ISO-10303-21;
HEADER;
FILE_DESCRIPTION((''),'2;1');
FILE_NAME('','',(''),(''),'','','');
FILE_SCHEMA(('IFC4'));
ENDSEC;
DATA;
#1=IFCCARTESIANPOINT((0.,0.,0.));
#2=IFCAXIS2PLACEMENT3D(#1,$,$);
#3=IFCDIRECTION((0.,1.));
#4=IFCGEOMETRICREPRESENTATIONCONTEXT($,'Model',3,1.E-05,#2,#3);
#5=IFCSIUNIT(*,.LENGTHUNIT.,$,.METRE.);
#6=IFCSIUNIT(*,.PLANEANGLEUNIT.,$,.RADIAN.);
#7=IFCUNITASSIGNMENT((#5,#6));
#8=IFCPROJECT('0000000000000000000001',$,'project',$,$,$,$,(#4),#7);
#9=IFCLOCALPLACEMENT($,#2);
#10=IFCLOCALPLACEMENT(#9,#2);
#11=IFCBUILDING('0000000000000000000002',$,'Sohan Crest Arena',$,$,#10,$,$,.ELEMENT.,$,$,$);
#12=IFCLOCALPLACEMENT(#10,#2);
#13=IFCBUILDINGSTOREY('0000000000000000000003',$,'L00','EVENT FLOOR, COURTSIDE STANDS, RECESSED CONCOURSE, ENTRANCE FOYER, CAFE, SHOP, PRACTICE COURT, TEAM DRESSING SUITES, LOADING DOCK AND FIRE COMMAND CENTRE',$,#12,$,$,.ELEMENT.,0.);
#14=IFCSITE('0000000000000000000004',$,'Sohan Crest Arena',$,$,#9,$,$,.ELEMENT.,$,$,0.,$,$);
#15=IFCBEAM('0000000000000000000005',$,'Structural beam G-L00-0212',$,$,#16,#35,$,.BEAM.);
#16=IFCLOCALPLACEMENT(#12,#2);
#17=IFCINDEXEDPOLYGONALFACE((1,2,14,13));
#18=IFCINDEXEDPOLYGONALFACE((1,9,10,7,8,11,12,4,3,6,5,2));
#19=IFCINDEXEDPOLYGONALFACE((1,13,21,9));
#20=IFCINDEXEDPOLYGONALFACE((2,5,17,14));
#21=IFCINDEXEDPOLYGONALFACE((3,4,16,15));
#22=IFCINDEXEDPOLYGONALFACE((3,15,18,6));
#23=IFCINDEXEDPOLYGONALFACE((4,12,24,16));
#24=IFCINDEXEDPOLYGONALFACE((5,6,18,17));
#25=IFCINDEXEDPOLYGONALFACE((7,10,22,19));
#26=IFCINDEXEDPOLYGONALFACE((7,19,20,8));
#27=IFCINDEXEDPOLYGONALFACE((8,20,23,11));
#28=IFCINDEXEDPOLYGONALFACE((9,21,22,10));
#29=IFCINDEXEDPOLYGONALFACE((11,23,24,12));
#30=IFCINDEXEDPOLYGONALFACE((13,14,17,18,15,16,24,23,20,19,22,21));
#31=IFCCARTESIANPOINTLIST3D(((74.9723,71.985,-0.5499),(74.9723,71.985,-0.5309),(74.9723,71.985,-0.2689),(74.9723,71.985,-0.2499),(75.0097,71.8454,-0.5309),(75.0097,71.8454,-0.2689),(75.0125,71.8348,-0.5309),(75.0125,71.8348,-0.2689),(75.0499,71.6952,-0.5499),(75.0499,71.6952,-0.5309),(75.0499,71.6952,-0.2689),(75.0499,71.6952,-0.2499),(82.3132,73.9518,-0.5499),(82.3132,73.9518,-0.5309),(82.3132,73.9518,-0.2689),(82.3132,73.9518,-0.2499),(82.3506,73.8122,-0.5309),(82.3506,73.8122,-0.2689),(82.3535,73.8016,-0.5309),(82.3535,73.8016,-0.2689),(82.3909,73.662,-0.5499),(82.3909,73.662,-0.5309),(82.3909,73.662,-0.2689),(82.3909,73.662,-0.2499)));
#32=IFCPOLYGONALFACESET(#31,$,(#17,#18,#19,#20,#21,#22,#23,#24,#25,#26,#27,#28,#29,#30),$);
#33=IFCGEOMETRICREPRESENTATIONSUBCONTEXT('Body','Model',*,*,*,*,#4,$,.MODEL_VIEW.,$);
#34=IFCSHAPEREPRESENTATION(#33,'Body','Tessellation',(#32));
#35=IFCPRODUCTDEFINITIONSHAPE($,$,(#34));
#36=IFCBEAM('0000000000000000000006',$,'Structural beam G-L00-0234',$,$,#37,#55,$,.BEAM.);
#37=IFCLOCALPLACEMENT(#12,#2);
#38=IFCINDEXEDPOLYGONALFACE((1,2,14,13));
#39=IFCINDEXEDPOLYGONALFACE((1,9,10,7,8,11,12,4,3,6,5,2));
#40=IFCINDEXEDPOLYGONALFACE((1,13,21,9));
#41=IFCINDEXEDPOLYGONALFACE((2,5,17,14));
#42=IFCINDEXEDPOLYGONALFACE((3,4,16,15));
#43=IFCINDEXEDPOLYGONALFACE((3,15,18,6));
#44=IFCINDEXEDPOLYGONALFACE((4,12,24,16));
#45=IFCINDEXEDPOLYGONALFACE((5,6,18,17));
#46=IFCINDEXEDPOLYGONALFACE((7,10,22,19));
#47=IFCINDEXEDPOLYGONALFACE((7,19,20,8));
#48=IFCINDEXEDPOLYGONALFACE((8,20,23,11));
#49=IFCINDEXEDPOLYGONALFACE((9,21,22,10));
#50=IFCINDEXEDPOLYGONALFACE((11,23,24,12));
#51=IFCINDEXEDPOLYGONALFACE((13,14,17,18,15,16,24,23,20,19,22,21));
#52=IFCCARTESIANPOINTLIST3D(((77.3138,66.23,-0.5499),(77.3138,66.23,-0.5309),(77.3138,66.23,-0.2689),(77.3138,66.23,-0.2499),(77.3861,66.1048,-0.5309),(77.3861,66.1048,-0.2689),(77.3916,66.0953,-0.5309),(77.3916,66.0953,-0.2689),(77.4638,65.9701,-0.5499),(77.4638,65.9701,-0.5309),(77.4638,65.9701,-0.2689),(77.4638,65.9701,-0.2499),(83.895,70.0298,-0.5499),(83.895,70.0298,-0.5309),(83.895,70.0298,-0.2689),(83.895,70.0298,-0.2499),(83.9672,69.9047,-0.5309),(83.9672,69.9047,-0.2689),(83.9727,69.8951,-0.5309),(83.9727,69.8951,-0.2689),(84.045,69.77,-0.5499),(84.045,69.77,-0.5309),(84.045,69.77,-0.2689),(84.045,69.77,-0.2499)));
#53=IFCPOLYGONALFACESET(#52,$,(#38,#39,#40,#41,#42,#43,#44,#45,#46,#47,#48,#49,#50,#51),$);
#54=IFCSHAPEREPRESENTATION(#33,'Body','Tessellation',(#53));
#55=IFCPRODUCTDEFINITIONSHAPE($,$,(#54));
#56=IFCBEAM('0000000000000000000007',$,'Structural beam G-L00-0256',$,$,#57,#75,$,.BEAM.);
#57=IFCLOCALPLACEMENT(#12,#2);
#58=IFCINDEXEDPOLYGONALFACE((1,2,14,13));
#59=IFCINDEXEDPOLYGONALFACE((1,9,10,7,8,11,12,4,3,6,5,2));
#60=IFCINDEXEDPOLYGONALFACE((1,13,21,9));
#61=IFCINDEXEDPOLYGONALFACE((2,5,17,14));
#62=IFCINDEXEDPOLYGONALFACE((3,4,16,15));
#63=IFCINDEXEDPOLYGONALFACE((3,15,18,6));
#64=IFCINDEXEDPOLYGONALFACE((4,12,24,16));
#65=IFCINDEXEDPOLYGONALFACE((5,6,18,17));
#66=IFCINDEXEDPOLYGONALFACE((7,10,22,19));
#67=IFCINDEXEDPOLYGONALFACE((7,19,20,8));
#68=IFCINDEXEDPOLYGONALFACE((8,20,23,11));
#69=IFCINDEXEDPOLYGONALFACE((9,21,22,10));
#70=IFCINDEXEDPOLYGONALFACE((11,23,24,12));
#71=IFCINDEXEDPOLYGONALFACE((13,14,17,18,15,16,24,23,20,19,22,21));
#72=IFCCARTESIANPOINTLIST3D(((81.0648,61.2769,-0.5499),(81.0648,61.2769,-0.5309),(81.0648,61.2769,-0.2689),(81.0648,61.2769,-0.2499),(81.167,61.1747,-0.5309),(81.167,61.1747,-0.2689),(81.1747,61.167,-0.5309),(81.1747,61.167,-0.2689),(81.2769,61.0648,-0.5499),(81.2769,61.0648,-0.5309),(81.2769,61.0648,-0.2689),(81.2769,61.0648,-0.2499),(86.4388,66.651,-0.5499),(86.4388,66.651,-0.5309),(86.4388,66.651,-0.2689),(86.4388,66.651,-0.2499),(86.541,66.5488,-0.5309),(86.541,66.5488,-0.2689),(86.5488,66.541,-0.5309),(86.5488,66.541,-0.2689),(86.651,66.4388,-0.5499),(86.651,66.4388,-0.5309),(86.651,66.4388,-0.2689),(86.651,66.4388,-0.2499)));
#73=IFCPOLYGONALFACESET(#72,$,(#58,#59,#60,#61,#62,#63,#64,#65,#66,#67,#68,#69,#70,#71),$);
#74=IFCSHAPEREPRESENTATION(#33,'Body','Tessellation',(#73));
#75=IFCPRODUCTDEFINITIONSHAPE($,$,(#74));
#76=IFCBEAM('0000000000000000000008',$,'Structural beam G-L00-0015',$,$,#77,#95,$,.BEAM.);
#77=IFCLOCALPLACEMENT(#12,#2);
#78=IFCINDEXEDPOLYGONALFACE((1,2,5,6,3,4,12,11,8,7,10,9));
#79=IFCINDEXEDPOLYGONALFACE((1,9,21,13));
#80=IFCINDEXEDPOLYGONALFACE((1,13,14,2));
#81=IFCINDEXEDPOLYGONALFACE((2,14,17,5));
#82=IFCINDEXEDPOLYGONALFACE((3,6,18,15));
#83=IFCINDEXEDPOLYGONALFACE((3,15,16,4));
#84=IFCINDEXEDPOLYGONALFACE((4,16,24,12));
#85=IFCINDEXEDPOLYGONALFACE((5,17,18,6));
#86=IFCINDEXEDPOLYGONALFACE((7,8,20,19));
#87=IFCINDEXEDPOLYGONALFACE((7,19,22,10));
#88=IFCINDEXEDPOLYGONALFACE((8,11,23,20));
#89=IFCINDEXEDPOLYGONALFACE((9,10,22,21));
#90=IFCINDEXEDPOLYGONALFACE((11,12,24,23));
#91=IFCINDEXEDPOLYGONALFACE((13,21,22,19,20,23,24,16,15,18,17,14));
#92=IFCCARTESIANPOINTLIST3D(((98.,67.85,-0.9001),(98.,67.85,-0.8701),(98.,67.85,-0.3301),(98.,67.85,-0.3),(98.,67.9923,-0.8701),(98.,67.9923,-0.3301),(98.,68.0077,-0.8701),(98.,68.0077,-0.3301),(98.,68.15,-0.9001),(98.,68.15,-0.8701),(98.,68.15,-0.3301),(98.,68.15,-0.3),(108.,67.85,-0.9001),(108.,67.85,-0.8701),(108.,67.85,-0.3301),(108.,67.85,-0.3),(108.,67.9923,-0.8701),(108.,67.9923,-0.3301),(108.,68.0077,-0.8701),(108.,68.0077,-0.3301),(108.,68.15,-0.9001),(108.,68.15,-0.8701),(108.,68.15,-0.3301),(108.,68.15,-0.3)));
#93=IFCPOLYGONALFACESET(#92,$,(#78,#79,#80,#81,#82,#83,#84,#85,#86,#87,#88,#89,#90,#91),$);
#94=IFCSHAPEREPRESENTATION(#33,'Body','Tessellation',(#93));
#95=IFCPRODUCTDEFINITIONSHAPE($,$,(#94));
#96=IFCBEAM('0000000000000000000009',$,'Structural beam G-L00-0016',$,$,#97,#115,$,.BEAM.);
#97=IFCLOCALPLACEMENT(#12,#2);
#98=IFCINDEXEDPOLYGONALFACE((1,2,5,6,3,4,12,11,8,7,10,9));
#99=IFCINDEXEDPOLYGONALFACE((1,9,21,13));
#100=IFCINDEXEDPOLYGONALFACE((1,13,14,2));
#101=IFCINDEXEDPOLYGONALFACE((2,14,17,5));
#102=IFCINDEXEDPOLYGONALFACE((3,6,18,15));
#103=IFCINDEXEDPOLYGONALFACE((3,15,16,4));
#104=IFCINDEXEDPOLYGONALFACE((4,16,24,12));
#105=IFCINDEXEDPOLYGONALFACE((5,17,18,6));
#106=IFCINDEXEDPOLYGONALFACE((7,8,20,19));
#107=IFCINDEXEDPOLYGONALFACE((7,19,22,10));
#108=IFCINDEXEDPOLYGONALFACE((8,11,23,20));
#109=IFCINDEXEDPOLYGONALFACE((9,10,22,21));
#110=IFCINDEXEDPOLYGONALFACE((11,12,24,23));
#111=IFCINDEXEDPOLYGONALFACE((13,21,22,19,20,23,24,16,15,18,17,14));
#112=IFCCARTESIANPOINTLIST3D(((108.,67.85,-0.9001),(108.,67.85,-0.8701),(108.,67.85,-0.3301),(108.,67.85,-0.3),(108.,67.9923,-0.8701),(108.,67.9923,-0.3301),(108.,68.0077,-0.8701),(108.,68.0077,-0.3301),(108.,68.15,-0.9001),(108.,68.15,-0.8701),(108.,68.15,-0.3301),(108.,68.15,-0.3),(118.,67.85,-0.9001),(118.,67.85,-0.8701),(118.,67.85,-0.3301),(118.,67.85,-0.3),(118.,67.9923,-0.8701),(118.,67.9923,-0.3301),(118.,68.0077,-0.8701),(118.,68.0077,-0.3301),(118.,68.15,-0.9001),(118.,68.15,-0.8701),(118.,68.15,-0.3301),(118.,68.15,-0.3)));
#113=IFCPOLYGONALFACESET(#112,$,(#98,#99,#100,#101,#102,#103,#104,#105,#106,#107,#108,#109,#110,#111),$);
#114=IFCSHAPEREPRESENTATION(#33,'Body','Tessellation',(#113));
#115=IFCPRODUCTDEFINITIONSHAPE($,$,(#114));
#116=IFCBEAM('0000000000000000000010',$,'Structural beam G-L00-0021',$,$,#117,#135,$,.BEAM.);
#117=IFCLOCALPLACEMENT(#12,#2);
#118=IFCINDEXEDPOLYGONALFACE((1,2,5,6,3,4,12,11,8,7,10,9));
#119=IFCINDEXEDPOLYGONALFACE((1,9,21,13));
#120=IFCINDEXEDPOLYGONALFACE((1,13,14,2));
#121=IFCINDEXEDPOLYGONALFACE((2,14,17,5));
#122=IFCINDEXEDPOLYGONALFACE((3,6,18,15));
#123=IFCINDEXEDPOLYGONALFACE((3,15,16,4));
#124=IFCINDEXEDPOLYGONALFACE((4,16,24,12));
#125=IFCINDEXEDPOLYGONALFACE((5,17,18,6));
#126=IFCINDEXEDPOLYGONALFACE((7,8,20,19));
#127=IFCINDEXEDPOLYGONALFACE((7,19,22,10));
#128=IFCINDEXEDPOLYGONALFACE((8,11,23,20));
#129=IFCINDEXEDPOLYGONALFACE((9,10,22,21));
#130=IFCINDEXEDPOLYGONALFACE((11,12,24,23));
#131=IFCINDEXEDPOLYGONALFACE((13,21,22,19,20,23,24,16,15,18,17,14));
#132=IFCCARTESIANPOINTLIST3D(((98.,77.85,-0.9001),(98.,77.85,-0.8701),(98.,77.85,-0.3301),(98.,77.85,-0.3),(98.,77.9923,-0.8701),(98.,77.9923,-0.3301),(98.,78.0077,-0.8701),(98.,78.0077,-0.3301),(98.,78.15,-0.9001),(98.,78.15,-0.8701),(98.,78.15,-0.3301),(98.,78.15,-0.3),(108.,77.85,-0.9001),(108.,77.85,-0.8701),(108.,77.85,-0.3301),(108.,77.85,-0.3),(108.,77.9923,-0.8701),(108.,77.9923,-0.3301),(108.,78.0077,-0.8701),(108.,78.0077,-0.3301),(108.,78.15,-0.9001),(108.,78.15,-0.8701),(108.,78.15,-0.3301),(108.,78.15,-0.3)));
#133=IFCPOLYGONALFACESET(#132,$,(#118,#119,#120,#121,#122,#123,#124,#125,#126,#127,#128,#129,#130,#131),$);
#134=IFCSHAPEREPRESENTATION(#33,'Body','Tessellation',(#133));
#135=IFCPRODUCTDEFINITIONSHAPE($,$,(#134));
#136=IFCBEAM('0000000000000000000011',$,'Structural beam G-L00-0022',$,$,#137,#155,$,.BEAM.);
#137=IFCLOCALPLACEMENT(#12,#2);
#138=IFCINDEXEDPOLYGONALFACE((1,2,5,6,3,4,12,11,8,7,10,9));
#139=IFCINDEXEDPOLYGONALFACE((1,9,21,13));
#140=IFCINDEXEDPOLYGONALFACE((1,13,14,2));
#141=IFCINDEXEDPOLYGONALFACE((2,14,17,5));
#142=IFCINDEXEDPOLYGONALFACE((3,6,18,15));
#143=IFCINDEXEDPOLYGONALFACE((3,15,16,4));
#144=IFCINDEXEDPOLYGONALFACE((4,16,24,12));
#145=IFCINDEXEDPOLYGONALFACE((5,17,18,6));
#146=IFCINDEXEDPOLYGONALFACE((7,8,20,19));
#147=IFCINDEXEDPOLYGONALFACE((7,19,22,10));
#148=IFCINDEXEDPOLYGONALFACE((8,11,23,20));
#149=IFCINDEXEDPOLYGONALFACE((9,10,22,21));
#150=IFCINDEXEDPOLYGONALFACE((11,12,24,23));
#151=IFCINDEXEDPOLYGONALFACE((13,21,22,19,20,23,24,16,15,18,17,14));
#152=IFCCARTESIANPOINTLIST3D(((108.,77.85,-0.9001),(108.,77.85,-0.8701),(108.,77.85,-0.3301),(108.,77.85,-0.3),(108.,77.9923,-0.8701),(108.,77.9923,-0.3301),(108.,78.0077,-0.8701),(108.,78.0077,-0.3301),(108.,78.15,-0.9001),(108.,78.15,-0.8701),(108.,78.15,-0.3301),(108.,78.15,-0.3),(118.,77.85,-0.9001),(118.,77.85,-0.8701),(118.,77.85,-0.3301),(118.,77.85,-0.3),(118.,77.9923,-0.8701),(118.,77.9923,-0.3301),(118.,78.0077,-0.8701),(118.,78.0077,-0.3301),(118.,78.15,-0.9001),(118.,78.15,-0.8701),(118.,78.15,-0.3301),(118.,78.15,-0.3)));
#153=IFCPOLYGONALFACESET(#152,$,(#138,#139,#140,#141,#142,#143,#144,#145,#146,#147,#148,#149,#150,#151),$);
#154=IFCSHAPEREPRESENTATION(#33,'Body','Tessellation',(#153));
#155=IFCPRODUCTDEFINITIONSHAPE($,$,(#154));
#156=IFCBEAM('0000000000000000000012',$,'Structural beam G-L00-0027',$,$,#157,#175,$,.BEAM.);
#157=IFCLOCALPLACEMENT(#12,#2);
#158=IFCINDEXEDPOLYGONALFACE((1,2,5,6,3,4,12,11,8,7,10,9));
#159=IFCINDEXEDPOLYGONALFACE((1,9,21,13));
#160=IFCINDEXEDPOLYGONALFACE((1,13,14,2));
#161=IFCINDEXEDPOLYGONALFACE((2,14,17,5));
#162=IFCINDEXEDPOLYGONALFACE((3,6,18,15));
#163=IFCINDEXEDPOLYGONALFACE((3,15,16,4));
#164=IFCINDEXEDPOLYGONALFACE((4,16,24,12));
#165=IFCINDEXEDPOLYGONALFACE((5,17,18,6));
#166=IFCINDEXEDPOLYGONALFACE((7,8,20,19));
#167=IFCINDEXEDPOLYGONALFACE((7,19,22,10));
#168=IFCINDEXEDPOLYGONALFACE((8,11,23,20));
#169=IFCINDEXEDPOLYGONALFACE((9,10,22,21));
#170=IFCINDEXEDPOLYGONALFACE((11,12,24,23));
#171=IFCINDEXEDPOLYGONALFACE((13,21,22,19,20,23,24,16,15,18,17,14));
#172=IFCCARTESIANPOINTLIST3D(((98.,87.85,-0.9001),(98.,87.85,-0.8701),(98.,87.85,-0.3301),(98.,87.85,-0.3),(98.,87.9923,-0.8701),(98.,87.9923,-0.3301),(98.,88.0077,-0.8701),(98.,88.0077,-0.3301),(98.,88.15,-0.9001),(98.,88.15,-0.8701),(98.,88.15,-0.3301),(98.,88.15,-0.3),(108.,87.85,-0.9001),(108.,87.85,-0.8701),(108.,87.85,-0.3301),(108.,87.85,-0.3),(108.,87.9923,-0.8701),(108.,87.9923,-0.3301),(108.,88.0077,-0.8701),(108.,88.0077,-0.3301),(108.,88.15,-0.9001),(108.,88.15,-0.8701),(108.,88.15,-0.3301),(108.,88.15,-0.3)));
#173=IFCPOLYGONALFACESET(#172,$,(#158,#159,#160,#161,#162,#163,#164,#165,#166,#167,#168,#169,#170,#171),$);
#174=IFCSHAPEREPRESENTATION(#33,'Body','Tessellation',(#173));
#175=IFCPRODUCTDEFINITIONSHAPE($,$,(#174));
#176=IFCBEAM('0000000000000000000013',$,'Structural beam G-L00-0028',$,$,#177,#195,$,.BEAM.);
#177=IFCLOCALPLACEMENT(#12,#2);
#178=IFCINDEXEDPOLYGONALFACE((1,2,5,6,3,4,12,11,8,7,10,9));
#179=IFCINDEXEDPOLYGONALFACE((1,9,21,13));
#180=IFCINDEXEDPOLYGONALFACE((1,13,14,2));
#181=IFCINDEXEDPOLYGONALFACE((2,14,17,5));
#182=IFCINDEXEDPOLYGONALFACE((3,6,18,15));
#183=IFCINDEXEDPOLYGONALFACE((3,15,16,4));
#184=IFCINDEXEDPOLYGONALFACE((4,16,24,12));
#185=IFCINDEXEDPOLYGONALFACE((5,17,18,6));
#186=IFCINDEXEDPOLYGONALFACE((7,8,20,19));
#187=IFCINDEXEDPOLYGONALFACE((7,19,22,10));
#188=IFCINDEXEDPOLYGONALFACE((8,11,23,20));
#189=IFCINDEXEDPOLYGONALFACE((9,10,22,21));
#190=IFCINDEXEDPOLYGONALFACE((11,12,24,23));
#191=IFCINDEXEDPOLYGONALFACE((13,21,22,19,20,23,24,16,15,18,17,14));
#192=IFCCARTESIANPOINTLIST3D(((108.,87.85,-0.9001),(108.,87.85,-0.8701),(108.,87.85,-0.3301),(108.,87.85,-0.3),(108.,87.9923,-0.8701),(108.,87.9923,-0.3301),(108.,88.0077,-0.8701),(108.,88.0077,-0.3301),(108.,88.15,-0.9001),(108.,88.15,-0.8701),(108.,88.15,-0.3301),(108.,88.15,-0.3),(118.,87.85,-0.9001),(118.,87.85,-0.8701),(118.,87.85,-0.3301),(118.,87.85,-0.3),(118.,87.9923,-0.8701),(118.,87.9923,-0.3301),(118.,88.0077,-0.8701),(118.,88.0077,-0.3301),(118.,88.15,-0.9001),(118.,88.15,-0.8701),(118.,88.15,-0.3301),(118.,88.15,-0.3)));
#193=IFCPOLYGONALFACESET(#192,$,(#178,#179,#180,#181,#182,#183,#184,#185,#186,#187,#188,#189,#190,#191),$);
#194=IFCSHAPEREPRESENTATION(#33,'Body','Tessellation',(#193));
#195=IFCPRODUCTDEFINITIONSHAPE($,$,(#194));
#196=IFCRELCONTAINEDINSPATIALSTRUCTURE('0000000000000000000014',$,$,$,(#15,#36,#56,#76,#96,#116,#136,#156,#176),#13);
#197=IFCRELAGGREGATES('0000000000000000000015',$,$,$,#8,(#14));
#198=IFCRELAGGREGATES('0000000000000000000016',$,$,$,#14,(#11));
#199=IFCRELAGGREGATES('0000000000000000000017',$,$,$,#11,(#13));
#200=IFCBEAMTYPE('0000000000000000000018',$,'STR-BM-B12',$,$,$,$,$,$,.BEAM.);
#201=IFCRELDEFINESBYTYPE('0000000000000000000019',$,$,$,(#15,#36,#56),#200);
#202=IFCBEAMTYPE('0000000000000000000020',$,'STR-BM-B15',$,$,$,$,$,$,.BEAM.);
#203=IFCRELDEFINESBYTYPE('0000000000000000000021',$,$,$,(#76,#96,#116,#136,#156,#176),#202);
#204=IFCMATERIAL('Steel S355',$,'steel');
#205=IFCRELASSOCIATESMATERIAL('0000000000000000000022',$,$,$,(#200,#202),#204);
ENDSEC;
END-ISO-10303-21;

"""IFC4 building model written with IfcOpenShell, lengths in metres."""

from ifc_helpers import new_model, si_unit, direction, frame, origin, origin_2d, place, context, subcontext, project, spatial, i_section, extrude, material, material_profile, profile_set, type_object, element, save


model = new_model("IFC4")

# Units and contexts
model_context = context("Model", 3, precision=1e-05, world=origin(), true_north=direction((0.0, 1.0)))
body_context = subcontext(model_context, "Body", "Model", "MODEL_VIEW")
ifc_project = project(units=[si_unit("LENGTHUNIT", "METRE"), si_unit("PLANEANGLEUNIT", "RADIAN")], contexts=[model_context])

# Site, building, storey
site_placement = place(None, origin())
site = spatial("IfcSite", under=ifc_project, at=site_placement, Name="Sohan Crest Arena", CompositionType="ELEMENT", RefElevation=0.0)
building_placement = place(site_placement, origin())
building = spatial("IfcBuilding", under=site, at=building_placement, Name="Sohan Crest Arena", CompositionType="ELEMENT")
storey_placement = place(building_placement, origin())
storey = spatial("IfcBuildingStorey", under=building, at=storey_placement, Name="L00", Description="EVENT FLOOR, COURTSIDE STANDS, RECESSED CONCOURSE, ENTRANCE FOYER, CAFE, SHOP, PRACTICE COURT, TEAM DRESSING SUITES, LOADING DOCK AND FIRE COMMAND CENTRE", CompositionType="ELEMENT", Elevation=0.0)

# Beams
ifc_material_1 = material(Name="Steel S355", Category="steel")
ifc_material_profile_1 = material_profile(ifc_material_1, i_section(OverallWidth=0.3, OverallDepth=0.3, WebThickness=0.011, FlangeThickness=0.019, at=origin_2d()), Name="HEB 300")
ifc_profile_set_1 = profile_set([ifc_material_profile_1], Name="Steel S355")
beam_type_1 = type_object("IfcBeamType", Name="STR-BM-B12", PredefinedType="BEAM", material=ifc_profile_set_1)
beam_1_placement = place(storey_placement, frame((82.3521, 73.8069, -0.3999), z_axis=(-0.965934, -0.25879, 0.0), x_axis=(0.25879, -0.965934, 0.0)))
element("IfcBeam", 1, at=beam_1_placement, inside=storey, type_object=beam_type_1, Name="Structural beam G-L00-0212", PredefinedType="BEAM", context=body_context, shape_type="SweptSolid", body=[
    extrude(i_section(OverallWidth=0.3, OverallDepth=0.3, WebThickness=0.011, FlangeThickness=0.019, at=origin_2d()), origin(), (0.0, 0.0, 1.0), 7.5999),
])
beam_2_placement = place(storey_placement, frame((83.97, 69.8999, -0.3999), z_axis=(-0.866012, -0.500023, 0.0), x_axis=(0.500023, -0.866012, 0.0)))
element("IfcBeam", 2, at=beam_2_placement, inside=storey, type_object=beam_type_1, Name="Structural beam G-L00-0234", PredefinedType="BEAM", context=body_context, shape_type="SweptSolid", body=[
    extrude(i_section(OverallWidth=0.3, OverallDepth=0.3, WebThickness=0.011, FlangeThickness=0.019, at=origin_2d()), origin(), (0.0, 0.0, 1.0), 7.5994),
])
beam_3_placement = place(storey_placement, frame((86.5449, 66.5449, -0.3999), z_axis=(-0.707107, -0.707107, 0.0), x_axis=(0.707107, -0.707107, 0.0)))
element("IfcBeam", 3, at=beam_3_placement, inside=storey, type_object=beam_type_1, Name="Structural beam G-L00-0256", PredefinedType="BEAM", context=body_context, shape_type="SweptSolid", body=[
    extrude(i_section(OverallWidth=0.3, OverallDepth=0.3, WebThickness=0.011, FlangeThickness=0.019, at=origin_2d()), origin(), (0.0, 0.0, 1.0), 7.6001),
])
ifc_material_profile_2 = material_profile(ifc_material_1, i_section(OverallWidth=0.3, OverallDepth=0.6001, WebThickness=0.0154, FlangeThickness=0.03, at=origin_2d()), Name="HEB 600")
ifc_profile_set_2 = profile_set([ifc_material_profile_2], Name="Steel S355")
beam_type_2 = type_object("IfcBeamType", Name="STR-BM-B15", PredefinedType="BEAM", material=ifc_profile_set_2)
for number, where, z_axis, x_axis, name in (
    (4, (98.0, 68.0, -0.6001), (1.0, 0.0, 0.0), (0.0, 1.0, 0.0), "Structural beam G-L00-0015"),
    (5, (108.0, 68.0, -0.6001), (1.0, 0.0, 0.0), (0.0, 1.0, 0.0), "Structural beam G-L00-0016"),
    (6, (98.0, 78.0, -0.6001), (1.0, 0.0, 0.0), (0.0, 1.0, 0.0), "Structural beam G-L00-0021"),
    (7, (108.0, 78.0, -0.6001), (1.0, 0.0, 0.0), (0.0, 1.0, 0.0), "Structural beam G-L00-0022"),
    (8, (98.0, 88.0, -0.6001), (1.0, 0.0, 0.0), (0.0, 1.0, 0.0), "Structural beam G-L00-0027"),
    (9, (108.0, 88.0, -0.6001), (1.0, 0.0, 0.0), (0.0, 1.0, 0.0), "Structural beam G-L00-0028"),
):
    element("IfcBeam", number, at=place(storey_placement, frame(where, z_axis=z_axis, x_axis=x_axis)), inside=storey, type_object=beam_type_2, Name=name, PredefinedType="BEAM", context=body_context, shape_type="SweptSolid", body=[
        extrude(i_section(OverallWidth=0.3, OverallDepth=0.6001, WebThickness=0.0154, FlangeThickness=0.03, at=origin_2d()), origin(), (0.0, 0.0, 1.0), 10.0),
    ])

save(model, "model.ifc")
